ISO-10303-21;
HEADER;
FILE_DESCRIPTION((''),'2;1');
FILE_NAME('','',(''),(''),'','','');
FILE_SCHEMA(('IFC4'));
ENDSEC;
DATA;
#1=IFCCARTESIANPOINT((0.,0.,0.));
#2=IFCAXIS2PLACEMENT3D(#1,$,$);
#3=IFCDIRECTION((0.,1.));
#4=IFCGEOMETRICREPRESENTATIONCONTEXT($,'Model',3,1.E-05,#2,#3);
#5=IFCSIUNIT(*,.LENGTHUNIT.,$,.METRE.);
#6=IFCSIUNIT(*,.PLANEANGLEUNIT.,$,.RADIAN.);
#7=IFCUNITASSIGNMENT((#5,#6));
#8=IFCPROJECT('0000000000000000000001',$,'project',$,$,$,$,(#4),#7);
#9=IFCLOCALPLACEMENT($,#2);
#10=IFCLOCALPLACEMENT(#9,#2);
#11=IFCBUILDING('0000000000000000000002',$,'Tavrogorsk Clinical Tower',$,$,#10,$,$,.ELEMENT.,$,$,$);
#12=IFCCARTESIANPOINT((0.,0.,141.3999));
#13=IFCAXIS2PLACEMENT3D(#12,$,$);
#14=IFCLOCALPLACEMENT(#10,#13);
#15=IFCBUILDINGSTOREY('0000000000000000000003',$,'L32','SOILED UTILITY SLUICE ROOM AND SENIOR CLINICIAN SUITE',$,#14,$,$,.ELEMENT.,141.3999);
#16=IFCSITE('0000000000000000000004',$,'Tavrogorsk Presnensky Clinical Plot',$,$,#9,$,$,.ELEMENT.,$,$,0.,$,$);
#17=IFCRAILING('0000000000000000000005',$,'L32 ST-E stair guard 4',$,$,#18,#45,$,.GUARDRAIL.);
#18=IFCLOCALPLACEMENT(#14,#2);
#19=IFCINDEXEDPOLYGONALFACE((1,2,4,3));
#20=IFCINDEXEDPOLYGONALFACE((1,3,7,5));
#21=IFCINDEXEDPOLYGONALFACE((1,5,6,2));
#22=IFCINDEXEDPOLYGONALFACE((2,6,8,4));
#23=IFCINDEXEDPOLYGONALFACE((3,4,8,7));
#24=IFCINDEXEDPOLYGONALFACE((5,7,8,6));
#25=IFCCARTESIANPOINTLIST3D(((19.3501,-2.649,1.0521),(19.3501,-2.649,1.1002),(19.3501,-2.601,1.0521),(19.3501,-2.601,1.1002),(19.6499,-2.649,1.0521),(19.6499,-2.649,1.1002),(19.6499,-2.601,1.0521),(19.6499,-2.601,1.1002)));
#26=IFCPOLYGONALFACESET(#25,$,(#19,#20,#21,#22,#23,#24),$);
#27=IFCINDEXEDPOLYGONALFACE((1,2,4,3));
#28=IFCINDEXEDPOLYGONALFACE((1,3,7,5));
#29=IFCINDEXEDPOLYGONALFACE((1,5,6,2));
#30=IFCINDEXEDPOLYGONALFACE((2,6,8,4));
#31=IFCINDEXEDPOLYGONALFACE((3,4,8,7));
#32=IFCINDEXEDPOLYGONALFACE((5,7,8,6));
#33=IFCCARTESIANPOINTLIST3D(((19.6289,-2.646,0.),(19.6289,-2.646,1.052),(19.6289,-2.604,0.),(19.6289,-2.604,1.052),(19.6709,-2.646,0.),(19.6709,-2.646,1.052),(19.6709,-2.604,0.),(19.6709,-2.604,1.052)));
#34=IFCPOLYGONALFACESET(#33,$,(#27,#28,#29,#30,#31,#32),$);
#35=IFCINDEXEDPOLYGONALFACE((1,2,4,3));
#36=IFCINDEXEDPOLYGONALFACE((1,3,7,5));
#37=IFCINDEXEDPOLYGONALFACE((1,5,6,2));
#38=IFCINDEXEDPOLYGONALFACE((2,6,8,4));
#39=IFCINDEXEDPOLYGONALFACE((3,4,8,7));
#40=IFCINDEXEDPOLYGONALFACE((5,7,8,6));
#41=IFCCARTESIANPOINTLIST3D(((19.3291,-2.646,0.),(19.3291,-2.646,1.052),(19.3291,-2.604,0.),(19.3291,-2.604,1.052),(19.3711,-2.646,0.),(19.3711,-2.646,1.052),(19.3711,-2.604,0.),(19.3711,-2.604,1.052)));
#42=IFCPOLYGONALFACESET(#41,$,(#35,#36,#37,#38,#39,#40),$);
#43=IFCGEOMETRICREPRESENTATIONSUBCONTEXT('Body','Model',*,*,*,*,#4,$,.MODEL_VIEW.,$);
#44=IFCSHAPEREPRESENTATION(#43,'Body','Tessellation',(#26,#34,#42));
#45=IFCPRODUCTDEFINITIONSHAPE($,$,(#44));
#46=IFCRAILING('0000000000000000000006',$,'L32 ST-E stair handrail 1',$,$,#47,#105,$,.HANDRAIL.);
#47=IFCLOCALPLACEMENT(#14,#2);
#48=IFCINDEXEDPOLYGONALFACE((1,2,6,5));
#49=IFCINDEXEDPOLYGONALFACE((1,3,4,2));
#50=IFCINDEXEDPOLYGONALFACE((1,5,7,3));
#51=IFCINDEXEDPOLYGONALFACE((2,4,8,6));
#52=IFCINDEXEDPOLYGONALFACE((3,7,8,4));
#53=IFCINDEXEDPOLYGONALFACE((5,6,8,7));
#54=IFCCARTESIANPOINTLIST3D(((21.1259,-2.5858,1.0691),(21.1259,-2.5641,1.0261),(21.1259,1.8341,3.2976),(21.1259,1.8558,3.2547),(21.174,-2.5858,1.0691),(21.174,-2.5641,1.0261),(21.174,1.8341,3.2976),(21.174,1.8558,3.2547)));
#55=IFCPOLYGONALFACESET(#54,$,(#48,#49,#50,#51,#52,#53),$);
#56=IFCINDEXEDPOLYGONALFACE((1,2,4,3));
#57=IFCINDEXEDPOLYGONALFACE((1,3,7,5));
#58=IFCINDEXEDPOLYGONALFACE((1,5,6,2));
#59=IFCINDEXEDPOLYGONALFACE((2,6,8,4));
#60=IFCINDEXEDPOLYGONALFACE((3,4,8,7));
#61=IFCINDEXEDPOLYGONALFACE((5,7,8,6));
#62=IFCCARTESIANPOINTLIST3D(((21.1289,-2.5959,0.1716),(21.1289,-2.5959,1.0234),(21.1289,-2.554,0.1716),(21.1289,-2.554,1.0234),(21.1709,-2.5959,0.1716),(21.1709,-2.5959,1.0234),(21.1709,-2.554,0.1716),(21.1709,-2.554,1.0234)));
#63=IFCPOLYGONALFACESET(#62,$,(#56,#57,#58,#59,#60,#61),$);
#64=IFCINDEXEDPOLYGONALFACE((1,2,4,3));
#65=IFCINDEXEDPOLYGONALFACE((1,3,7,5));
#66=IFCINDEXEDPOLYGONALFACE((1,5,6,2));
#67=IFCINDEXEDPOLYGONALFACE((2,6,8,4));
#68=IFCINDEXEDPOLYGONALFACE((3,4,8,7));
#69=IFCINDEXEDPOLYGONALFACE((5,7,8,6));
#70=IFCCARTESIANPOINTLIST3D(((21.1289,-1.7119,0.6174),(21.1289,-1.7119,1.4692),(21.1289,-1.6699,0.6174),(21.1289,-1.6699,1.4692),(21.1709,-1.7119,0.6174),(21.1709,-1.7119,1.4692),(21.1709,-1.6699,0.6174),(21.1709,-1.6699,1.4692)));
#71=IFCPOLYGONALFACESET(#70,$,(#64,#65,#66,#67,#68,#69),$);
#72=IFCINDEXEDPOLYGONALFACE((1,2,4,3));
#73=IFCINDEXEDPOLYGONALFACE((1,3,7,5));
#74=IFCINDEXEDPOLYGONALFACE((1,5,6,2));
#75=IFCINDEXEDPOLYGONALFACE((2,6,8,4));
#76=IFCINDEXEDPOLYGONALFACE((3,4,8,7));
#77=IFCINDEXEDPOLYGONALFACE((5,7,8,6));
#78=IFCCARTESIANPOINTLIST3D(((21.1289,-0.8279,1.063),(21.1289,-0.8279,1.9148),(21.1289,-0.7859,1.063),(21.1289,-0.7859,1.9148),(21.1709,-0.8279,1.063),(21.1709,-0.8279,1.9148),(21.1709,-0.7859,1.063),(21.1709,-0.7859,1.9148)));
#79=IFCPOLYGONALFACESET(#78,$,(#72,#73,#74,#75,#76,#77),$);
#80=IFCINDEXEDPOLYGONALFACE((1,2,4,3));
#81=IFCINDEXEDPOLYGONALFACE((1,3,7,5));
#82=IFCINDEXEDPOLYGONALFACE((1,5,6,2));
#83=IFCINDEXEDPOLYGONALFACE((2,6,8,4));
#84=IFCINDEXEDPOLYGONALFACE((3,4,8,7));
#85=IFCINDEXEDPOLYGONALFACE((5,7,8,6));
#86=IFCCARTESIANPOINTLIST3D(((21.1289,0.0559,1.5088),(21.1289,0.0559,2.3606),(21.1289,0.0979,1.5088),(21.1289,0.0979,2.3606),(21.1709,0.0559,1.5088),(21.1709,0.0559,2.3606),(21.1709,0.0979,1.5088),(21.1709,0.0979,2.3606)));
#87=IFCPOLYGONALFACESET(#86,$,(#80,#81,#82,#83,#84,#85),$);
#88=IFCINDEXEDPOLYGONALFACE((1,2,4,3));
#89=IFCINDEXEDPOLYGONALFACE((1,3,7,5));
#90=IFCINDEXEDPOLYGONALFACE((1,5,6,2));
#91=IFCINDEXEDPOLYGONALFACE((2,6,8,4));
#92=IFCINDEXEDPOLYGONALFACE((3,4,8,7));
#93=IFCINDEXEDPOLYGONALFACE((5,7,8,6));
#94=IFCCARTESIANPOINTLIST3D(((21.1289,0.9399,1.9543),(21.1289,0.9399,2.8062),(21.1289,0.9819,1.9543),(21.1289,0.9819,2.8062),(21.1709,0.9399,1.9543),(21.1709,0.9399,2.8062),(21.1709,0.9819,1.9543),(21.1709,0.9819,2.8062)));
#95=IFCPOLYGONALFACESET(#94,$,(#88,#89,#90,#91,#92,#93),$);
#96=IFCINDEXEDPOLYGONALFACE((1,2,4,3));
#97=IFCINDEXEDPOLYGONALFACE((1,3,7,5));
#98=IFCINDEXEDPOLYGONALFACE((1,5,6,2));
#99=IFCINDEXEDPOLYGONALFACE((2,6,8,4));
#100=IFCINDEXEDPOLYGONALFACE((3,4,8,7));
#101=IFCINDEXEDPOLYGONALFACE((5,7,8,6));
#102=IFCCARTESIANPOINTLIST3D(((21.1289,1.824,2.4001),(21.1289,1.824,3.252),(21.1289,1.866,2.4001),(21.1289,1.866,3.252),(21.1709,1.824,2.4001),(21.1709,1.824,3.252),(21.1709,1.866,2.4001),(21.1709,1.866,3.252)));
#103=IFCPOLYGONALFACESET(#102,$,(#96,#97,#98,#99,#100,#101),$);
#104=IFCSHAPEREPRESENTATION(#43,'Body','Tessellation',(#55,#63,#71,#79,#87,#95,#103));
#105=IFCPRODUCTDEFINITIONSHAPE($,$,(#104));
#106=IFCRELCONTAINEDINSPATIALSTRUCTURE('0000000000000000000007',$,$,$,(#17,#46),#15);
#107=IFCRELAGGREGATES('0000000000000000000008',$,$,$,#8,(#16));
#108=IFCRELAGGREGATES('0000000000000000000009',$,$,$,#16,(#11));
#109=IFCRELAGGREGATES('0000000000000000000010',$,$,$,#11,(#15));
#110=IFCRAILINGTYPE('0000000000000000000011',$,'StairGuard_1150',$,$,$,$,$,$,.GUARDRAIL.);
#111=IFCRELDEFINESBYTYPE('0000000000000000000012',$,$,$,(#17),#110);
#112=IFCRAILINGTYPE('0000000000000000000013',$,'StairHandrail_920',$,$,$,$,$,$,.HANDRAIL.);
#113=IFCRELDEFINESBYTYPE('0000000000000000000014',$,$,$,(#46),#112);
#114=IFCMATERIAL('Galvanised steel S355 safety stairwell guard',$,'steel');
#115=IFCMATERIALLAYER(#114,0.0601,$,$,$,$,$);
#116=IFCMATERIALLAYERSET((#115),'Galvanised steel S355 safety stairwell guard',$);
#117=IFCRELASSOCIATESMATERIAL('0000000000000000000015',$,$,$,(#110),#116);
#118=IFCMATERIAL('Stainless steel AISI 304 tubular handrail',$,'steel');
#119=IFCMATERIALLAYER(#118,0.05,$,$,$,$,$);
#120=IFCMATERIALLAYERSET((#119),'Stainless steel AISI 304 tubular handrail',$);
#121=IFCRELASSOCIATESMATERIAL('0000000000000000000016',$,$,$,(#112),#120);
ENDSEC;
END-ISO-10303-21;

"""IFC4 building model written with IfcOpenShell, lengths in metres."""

from ifc_helpers import new_model, si_unit, direction, frame, origin, origin_2d, place, context, subcontext, project, spatial, rectangle, extrude, material, layer, layer_set, type_object, element, save


model = new_model("IFC4")

# Units and contexts
model_context = context("Model", 3, precision=1e-05, world=origin(), true_north=direction((0.0, 1.0)))
body_context = subcontext(model_context, "Body", "Model", "MODEL_VIEW")
ifc_project = project(units=[si_unit("LENGTHUNIT", "METRE"), si_unit("PLANEANGLEUNIT", "RADIAN")], contexts=[model_context])

# Site, building, storey
site_placement = place(None, origin())
site = spatial("IfcSite", under=ifc_project, at=site_placement, Name="Tavrogorsk Presnensky Clinical Plot", CompositionType="ELEMENT", RefElevation=0.0)
building_placement = place(site_placement, origin())
building = spatial("IfcBuilding", under=site, at=building_placement, Name="Tavrogorsk Clinical Tower", CompositionType="ELEMENT")
storey_placement = place(building_placement, frame((0.0, 0.0, 141.3999)))
storey = spatial("IfcBuildingStorey", under=building, at=storey_placement, Name="L32", Description="SOILED UTILITY SLUICE ROOM AND SENIOR CLINICIAN SUITE", CompositionType="ELEMENT", Elevation=141.3999)

# Railings
ifc_material_1 = material(Name="Galvanised steel S355 safety stairwell guard", Category="steel")
ifc_layer_1 = layer(ifc_material_1, 0.0601)
ifc_layer_set_1 = layer_set([ifc_layer_1], Name="Galvanised steel S355 safety stairwell guard")
railing_type_1 = type_object("IfcRailingType", Name="StairGuard_1150", PredefinedType="GUARDRAIL", material=ifc_layer_set_1)
railing_1_placement = place(storey_placement, frame((19.6499, -2.625, 0.0)))
element("IfcRailing", 1, at=railing_1_placement, inside=storey, type_object=railing_type_1, Name="L32 ST-E stair guard 4", PredefinedType="GUARDRAIL", context=body_context, shape_type="SweptSolid", body=[
    extrude(rectangle(XDim=0.0481, YDim=0.0481, at=origin_2d()), frame((0.0, 0.0, 1.0762), z_axis=(-1.0, 0.0, 0.0), x_axis=(0.0, -1.0, 0.0)), (0.0, 0.0, 1.0), 0.2998),
    extrude(rectangle(XDim=0.042, YDim=0.042, at=origin_2d()), origin(), (0.0, 0.0, 1.0), 1.052),
    extrude(rectangle(XDim=0.042, YDim=0.042, at=origin_2d()), frame((-0.2998, 0.0, 0.0)), (0.0, 0.0, 1.0), 1.052),
])
ifc_material_2 = material(Name="Stainless steel AISI 304 tubular handrail", Category="steel")
ifc_layer_2 = layer(ifc_material_2, 0.05)
ifc_layer_set_2 = layer_set([ifc_layer_2], Name="Stainless steel AISI 304 tubular handrail")
railing_type_2 = type_object("IfcRailingType", Name="StairHandrail_920", PredefinedType="HANDRAIL", material=ifc_layer_set_2)
railing_2_placement = place(storey_placement, frame((21.1499, -2.575, 0.1716)))
element("IfcRailing", 2, at=railing_2_placement, inside=storey, type_object=railing_type_2, Name="L32 ST-E stair handrail 1", PredefinedType="HANDRAIL", context=body_context, shape_type="SweptSolid", body=[
    extrude(rectangle(XDim=0.0481, YDim=0.0481, at=origin_2d()), frame((0.0, 0.0, 0.876), z_axis=(0.0, 0.892923, 0.45021), x_axis=(-1.0, 0.0, 0.0)), (0.0, 0.0, 1.0), 4.95),
    extrude(rectangle(XDim=0.042, YDim=0.042, at=origin_2d()), origin(), (0.0, 0.0, 1.0), 0.8518),
    extrude(rectangle(XDim=0.042, YDim=0.042, at=origin_2d()), frame((0.0, 0.884, 0.4458)), (0.0, 0.0, 1.0), 0.8518),
    extrude(rectangle(XDim=0.042, YDim=0.042, at=origin_2d()), frame((0.0, 1.7681, 0.8914)), (0.0, 0.0, 1.0), 0.8518),
    extrude(rectangle(XDim=0.042, YDim=0.042, at=origin_2d()), frame((0.0, 2.6519, 1.3372)), (0.0, 0.0, 1.0), 0.8518),
    extrude(rectangle(XDim=0.042, YDim=0.042, at=origin_2d()), frame((0.0, 3.5359, 1.7827)), (0.0, 0.0, 1.0), 0.8518),
    extrude(rectangle(XDim=0.042, YDim=0.042, at=origin_2d()), frame((0.0, 4.4199, 2.2285)), (0.0, 0.0, 1.0), 0.8518),
])

save(model, "model.ifc")
